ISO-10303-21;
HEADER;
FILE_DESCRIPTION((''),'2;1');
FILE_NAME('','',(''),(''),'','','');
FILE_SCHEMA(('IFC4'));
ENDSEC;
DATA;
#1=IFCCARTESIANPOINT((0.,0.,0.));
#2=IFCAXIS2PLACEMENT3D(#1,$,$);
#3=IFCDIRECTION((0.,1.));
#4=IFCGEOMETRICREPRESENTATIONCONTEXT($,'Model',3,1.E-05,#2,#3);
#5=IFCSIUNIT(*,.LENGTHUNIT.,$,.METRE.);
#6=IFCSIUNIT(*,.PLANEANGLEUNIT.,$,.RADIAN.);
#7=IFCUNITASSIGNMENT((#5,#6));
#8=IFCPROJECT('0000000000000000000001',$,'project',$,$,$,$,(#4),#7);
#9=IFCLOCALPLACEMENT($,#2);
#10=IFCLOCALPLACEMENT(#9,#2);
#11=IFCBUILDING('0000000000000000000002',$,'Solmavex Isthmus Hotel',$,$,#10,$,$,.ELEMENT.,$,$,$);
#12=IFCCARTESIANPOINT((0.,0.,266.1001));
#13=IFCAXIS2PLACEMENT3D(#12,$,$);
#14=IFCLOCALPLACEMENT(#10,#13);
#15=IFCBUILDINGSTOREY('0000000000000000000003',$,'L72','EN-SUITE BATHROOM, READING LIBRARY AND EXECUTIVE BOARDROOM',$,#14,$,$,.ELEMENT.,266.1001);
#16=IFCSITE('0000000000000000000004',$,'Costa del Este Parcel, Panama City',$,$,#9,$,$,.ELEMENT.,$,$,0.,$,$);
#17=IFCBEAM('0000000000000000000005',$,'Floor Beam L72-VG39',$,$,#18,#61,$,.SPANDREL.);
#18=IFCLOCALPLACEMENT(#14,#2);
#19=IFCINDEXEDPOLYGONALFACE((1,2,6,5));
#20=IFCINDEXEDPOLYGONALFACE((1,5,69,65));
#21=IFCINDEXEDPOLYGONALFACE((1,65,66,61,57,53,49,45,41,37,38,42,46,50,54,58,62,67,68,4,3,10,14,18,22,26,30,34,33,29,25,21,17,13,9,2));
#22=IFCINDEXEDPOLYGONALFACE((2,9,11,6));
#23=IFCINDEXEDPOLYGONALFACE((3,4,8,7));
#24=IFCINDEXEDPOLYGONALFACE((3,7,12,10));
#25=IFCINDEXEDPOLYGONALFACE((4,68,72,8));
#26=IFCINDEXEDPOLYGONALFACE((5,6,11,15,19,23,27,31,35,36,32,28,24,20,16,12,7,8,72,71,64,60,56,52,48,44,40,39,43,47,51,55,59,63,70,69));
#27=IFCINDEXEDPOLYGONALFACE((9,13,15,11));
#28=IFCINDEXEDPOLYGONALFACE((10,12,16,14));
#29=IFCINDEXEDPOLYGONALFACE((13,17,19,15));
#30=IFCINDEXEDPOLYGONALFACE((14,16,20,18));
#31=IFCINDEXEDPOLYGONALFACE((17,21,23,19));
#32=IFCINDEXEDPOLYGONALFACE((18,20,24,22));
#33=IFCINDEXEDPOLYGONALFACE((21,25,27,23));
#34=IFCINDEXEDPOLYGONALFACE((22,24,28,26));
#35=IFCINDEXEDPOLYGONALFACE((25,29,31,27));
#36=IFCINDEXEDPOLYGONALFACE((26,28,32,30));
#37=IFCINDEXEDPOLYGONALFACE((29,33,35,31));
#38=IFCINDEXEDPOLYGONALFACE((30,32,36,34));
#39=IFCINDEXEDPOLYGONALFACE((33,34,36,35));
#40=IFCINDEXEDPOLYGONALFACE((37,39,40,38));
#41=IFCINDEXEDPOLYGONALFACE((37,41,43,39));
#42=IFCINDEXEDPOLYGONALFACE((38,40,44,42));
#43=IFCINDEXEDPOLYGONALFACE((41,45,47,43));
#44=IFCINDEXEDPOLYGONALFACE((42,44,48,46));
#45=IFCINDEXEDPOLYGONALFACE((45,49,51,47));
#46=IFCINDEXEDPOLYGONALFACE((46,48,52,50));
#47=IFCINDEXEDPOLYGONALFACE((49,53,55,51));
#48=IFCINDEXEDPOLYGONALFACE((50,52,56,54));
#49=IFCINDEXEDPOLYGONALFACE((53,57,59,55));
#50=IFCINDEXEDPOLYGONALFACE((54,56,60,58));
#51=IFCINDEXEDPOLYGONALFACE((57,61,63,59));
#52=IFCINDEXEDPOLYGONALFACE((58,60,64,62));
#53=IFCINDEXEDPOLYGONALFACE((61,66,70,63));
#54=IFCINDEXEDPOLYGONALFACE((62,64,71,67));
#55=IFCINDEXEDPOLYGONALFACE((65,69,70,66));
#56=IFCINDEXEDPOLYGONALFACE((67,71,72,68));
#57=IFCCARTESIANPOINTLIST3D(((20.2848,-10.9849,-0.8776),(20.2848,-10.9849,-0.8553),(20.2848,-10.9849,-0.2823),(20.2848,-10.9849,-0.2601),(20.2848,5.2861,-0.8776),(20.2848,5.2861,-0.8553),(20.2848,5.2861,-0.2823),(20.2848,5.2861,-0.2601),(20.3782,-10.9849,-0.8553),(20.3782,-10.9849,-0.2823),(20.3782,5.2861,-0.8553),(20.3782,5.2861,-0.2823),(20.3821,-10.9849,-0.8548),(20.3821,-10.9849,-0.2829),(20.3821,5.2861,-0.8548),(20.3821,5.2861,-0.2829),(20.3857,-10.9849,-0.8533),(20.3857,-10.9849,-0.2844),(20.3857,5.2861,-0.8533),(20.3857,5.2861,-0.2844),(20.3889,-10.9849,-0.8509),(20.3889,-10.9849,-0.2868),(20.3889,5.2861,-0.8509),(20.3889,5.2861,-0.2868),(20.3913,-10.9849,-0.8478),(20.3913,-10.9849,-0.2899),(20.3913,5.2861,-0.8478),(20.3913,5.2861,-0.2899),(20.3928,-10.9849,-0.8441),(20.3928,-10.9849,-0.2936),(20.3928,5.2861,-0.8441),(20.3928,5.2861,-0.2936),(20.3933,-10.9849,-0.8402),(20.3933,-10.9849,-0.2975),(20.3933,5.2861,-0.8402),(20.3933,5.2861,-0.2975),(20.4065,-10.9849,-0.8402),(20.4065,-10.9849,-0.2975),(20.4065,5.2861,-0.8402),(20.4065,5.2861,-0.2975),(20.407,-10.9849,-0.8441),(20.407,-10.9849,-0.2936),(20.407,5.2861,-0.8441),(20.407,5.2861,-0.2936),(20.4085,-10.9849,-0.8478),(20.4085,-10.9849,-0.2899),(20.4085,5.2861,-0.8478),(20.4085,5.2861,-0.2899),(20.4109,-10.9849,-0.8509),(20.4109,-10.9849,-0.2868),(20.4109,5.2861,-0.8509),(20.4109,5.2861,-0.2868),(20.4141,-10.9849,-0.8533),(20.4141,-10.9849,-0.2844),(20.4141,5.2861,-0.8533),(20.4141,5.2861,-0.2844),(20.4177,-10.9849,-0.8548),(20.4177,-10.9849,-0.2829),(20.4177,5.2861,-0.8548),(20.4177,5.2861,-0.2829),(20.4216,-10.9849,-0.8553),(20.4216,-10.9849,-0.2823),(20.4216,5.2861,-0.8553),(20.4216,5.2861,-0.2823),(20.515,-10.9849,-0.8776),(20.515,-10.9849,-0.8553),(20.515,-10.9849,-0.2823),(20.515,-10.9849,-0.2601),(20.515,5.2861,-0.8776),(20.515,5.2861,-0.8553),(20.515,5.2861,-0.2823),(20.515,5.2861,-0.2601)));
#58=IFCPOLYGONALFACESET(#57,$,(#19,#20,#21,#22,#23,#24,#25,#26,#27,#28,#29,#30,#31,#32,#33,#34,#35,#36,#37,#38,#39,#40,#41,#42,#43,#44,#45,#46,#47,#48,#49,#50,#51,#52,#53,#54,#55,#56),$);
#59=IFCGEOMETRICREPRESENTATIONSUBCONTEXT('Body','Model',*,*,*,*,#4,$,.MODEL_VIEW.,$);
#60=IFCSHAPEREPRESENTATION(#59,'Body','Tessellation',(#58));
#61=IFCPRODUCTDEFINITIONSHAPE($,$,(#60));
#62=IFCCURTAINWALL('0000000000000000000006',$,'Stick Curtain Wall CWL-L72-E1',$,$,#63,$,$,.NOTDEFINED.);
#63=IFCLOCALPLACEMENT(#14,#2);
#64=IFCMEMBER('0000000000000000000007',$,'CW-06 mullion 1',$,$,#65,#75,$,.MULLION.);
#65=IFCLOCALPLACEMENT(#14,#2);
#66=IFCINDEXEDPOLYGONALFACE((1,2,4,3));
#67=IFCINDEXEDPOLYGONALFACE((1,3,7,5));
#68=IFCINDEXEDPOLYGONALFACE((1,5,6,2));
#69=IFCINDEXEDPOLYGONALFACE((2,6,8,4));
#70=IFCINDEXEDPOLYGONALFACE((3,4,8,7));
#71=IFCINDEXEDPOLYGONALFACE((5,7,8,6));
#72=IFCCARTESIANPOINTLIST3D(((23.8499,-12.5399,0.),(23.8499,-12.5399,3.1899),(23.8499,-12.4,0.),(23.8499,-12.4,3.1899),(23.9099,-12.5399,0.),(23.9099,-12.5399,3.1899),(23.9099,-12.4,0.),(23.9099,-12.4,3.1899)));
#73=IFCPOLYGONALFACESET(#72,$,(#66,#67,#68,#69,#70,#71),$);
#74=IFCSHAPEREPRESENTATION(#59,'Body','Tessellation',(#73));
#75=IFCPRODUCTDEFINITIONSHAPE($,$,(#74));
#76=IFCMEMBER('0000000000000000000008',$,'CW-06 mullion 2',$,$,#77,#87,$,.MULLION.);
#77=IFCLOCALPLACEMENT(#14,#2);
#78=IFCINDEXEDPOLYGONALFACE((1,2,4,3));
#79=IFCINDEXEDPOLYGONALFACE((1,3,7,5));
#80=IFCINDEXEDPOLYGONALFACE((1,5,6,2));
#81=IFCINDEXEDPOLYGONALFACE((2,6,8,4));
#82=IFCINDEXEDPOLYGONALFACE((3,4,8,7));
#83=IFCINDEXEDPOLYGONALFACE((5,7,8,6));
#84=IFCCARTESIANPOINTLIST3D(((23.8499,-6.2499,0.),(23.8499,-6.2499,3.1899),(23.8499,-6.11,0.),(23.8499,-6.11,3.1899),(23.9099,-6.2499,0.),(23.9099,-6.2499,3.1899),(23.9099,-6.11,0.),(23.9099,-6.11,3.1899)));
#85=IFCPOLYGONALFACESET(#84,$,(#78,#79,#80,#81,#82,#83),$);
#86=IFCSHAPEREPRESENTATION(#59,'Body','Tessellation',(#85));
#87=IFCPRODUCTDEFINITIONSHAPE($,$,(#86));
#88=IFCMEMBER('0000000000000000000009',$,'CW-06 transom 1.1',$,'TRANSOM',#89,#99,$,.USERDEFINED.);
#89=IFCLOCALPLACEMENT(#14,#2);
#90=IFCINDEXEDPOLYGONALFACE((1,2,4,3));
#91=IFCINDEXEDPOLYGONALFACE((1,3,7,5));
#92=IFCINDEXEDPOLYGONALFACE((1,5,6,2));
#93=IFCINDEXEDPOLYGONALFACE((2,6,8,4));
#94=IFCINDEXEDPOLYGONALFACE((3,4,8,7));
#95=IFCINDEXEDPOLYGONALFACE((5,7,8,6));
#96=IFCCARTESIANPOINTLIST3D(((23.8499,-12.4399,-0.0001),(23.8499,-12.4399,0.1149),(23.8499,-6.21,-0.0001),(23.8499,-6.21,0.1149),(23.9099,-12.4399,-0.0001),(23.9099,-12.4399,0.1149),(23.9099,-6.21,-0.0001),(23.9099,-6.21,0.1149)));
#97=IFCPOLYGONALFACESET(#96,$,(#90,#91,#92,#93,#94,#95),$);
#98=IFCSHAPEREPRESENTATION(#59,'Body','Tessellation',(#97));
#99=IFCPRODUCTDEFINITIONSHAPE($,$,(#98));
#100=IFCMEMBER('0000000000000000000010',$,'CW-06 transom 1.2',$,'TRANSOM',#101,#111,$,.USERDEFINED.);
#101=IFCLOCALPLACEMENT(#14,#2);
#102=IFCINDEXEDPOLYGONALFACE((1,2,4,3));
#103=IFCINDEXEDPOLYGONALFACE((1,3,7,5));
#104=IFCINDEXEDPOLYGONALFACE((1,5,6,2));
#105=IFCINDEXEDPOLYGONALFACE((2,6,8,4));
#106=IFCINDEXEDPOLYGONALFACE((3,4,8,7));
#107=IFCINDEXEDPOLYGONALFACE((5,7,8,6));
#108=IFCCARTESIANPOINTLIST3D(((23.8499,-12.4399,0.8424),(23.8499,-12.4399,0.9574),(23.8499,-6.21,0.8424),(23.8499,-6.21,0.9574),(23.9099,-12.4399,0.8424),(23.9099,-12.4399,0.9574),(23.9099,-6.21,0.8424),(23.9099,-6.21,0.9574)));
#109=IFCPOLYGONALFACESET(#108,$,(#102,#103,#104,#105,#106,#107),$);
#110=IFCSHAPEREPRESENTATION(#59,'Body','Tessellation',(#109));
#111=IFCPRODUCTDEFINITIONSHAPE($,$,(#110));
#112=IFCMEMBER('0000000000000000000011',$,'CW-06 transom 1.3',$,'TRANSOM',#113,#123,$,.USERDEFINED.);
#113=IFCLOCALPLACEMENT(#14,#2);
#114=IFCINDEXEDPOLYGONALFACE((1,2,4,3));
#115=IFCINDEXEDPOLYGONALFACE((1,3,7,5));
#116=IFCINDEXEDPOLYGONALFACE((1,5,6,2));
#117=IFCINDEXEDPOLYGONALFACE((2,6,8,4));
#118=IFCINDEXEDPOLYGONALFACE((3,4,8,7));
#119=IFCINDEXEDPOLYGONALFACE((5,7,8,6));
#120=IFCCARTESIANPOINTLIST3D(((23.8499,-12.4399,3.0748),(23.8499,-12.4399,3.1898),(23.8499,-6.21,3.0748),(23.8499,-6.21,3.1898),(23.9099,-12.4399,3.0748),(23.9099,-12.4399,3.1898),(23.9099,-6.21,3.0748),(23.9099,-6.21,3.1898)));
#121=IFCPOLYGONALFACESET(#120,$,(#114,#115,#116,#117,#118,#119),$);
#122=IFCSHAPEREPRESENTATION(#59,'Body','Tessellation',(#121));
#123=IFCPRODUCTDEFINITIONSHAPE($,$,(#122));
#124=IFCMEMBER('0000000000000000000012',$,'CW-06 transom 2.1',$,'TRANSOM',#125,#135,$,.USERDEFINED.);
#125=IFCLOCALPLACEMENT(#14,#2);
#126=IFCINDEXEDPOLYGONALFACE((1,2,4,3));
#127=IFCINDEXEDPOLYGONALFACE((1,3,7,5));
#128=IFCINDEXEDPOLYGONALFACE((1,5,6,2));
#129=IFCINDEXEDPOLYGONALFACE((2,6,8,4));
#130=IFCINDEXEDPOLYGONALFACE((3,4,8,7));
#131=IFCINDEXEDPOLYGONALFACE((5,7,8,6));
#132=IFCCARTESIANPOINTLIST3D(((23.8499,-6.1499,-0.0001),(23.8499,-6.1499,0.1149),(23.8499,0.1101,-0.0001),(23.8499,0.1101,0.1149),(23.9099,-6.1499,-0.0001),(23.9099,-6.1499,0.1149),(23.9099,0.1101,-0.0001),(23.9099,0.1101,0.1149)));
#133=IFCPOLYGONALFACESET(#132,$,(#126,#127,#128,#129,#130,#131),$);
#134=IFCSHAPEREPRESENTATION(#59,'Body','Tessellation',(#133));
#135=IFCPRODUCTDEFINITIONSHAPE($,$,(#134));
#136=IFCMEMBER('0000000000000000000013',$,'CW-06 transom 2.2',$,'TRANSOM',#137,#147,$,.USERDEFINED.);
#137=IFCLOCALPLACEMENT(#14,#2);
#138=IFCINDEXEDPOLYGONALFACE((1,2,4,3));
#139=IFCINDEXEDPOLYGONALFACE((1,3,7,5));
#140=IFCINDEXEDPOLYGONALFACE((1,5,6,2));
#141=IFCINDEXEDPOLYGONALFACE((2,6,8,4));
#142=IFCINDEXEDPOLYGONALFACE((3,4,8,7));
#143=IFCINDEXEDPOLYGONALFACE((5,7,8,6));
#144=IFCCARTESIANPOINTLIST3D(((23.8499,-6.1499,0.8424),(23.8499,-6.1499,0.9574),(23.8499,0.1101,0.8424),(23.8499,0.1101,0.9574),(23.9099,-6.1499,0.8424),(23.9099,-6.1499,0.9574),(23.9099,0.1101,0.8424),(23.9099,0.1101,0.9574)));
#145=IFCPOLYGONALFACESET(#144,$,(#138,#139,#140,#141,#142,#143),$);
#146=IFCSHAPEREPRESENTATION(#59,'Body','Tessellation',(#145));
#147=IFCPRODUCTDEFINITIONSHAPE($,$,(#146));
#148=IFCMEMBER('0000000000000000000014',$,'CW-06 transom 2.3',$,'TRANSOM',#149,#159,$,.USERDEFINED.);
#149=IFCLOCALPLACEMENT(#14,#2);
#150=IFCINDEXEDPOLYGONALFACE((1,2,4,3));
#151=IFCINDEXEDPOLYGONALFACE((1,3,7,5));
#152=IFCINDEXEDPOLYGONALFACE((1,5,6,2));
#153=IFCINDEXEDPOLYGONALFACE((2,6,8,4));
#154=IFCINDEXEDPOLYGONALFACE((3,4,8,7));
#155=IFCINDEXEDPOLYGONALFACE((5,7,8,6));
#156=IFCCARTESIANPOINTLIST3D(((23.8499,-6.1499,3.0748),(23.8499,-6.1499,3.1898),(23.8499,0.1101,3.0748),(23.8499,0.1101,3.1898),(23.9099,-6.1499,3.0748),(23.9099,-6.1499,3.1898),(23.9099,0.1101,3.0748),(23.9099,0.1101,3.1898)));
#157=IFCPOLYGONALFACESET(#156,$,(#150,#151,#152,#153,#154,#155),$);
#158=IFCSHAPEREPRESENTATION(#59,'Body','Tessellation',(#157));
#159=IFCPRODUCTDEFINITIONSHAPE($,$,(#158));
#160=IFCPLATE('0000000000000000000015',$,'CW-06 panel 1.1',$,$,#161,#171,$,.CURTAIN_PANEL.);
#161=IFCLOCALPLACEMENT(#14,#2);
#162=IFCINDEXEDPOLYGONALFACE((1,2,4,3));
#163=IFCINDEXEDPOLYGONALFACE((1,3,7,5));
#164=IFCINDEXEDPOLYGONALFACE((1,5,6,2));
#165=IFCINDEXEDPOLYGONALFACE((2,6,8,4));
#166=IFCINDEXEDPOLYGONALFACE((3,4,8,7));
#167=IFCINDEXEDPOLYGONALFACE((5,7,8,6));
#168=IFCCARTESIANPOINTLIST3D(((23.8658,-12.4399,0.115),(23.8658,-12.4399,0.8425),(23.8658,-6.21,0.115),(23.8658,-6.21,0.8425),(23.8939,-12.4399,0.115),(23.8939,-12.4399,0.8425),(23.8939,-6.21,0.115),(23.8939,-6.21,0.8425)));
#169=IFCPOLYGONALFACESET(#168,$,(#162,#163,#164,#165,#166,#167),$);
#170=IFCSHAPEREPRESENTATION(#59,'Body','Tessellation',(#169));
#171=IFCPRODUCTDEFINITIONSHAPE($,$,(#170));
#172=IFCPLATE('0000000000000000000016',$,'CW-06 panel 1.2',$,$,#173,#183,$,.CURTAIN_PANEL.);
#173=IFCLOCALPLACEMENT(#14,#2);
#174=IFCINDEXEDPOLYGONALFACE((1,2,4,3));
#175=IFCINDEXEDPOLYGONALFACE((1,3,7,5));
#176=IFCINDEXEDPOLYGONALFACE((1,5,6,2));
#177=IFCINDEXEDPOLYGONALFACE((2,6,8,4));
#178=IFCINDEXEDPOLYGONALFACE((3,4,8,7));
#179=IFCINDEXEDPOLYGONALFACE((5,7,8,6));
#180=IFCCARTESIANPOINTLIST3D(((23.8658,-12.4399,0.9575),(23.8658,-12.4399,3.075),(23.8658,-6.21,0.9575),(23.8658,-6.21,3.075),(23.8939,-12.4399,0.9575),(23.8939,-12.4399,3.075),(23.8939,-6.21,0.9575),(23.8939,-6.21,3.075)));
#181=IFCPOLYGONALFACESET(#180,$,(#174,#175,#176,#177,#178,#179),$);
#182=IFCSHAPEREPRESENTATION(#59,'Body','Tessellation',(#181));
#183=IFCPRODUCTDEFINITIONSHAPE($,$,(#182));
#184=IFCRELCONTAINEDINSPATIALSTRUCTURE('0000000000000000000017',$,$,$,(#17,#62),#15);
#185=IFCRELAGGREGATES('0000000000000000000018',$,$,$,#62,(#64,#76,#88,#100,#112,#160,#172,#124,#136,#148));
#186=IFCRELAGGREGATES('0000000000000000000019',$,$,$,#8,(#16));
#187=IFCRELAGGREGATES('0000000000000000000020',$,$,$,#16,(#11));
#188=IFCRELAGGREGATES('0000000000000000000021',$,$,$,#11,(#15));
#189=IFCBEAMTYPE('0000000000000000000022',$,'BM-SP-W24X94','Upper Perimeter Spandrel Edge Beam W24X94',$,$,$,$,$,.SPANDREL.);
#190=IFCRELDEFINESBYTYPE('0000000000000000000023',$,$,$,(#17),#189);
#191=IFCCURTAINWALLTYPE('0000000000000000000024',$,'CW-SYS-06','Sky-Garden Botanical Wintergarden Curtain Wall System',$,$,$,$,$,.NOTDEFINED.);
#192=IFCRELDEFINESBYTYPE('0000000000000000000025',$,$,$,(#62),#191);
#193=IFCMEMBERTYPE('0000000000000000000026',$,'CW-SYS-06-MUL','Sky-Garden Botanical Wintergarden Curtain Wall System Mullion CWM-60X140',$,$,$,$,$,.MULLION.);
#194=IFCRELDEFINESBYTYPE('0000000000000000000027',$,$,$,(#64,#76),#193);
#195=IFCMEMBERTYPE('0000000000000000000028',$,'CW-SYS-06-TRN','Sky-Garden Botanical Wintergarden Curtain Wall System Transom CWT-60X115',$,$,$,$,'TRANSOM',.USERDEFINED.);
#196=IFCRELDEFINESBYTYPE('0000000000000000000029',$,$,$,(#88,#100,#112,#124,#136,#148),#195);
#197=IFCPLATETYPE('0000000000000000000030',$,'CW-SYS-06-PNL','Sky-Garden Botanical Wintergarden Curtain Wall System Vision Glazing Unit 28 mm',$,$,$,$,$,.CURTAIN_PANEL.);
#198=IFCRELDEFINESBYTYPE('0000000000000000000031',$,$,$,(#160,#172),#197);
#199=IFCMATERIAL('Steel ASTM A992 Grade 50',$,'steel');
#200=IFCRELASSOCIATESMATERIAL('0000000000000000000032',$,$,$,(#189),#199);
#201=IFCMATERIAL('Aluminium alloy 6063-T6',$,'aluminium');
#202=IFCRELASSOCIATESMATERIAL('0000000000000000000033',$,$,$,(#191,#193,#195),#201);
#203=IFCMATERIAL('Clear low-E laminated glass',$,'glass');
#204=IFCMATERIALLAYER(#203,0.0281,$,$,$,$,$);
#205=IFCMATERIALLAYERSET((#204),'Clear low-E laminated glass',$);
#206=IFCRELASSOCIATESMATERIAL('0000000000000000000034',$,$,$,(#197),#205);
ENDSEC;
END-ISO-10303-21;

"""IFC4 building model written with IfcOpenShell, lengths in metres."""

from ifc_helpers import new_model, si_unit, direction, frame, origin, origin_2d, place, context, subcontext, project, spatial, rectangle, i_section, extrude, material, layer, layer_set, material_profile, profile_set, type_object, element, aggregate, save


model = new_model("IFC4")

# Units and contexts
model_context = context("Model", 3, precision=1e-05, world=origin(), true_north=direction((0.0, 1.0)))
body_context = subcontext(model_context, "Body", "Model", "MODEL_VIEW")
ifc_project = project(units=[si_unit("LENGTHUNIT", "METRE"), si_unit("PLANEANGLEUNIT", "RADIAN")], contexts=[model_context])

# Site, building, storey
site_placement = place(None, origin())
site = spatial("IfcSite", under=ifc_project, at=site_placement, Name="Costa del Este Parcel, Panama City", CompositionType="ELEMENT", RefElevation=0.0)
building_placement = place(site_placement, origin())
building = spatial("IfcBuilding", under=site, at=building_placement, Name="Solmavex Isthmus Hotel", CompositionType="ELEMENT")
storey_placement = place(building_placement, frame((0.0, 0.0, 266.1001)))
storey = spatial("IfcBuildingStorey", under=building, at=storey_placement, Name="L72", Description="EN-SUITE BATHROOM, READING LIBRARY AND EXECUTIVE BOARDROOM", CompositionType="ELEMENT", Elevation=266.1001)

# Beam
ifc_material_1 = material(Name="Steel ASTM A992 Grade 50", Category="steel")
ifc_material_profile_1 = material_profile(ifc_material_1, i_section(OverallWidth=0.2302, OverallDepth=0.6174, WebThickness=0.0132, FlangeThickness=0.0222, FilletRadius=0.0151, at=origin_2d()), Name="W24X94")
ifc_profile_set_1 = profile_set([ifc_material_profile_1], Name="Steel ASTM A992 Grade 50")
beam_type_1 = type_object("IfcBeamType", Name="BM-SP-W24X94", Description="Upper Perimeter Spandrel Edge Beam W24X94", PredefinedType="SPANDREL", material=ifc_profile_set_1)
beam_1_placement = place(storey_placement, frame((20.3999, -10.9849, -0.5688), z_axis=(0.0, 1.0, 0.0), x_axis=(-1.0, 0.0, 0.0)))
element("IfcBeam", 1, at=beam_1_placement, inside=storey, type_object=beam_type_1, Name="Floor Beam L72-VG39", PredefinedType="SPANDREL", context=body_context, shape_type="SweptSolid", body=[
    extrude(i_section(OverallWidth=0.2302, OverallDepth=0.6174, WebThickness=0.0132, FlangeThickness=0.0222, FilletRadius=0.0151, at=origin_2d()), origin(), (0.0, 0.0, 1.0), 16.271),
])

# Curtain wall, members, plates
ifc_material_2 = material(Name="Aluminium alloy 6063-T6", Category="aluminium")
curtain_wall_type = type_object("IfcCurtainWallType", Name="CW-SYS-06", Description="Sky-Garden Botanical Wintergarden Curtain Wall System", PredefinedType="NOTDEFINED", material=ifc_material_2)
curtain_wall_placement = place(storey_placement, origin())
curtain_wall = element("IfcCurtainWall", 2, at=curtain_wall_placement, inside=storey, type_object=curtain_wall_type, Name="Stick Curtain Wall CWL-L72-E1", PredefinedType="NOTDEFINED")
ifc_material_profile_2 = material_profile(ifc_material_2, rectangle(XDim=0.0601, YDim=0.1399, at=origin_2d()), Name="CWM-60X140")
ifc_profile_set_2 = profile_set([ifc_material_profile_2], Name="Aluminium alloy 6063-T6")
member_type_1 = type_object("IfcMemberType", Name="CW-SYS-06-MUL", Description="Sky-Garden Botanical Wintergarden Curtain Wall System Mullion CWM-60X140", PredefinedType="MULLION", material=ifc_profile_set_2)
member_1_placement = place(storey_placement, frame((23.8799, -12.47, 0.0), z_axis=(0.0, 0.0, 1.0), x_axis=(-1.0, 0.0, 0.0)))
member_1 = element("IfcMember", 3, at=member_1_placement, type_object=member_type_1, Name="CW-06 mullion 1", PredefinedType="MULLION", context=body_context, shape_type="SweptSolid", body=[
    extrude(rectangle(XDim=0.0601, YDim=0.1399, at=origin_2d()), origin(), (0.0, 0.0, 1.0), 3.1899),
])
member_2_placement = place(storey_placement, frame((23.8799, -6.1799, 0.0), z_axis=(0.0, 0.0, 1.0), x_axis=(-1.0, 0.0, 0.0)))
member_2 = element("IfcMember", 4, at=member_2_placement, type_object=member_type_1, Name="CW-06 mullion 2", PredefinedType="MULLION", context=body_context, shape_type="SweptSolid", body=[
    extrude(rectangle(XDim=0.0601, YDim=0.1399, at=origin_2d()), origin(), (0.0, 0.0, 1.0), 3.1899),
])
ifc_material_profile_3 = material_profile(ifc_material_2, rectangle(XDim=0.0601, YDim=0.115, at=origin_2d()), Name="CWT-60X115")
ifc_profile_set_3 = profile_set([ifc_material_profile_3], Name="Aluminium alloy 6063-T6")
member_type_2 = type_object("IfcMemberType", Name="CW-SYS-06-TRN", Description="Sky-Garden Botanical Wintergarden Curtain Wall System Transom CWT-60X115", ElementType="TRANSOM", PredefinedType="USERDEFINED", material=ifc_profile_set_3)
member_3_placement = place(storey_placement, frame((23.8799, -12.4399, 0.0574), z_axis=(0.0, 1.0, 0.0), x_axis=(-1.0, 0.0, 0.0)))
member_3 = element("IfcMember", 5, at=member_3_placement, type_object=member_type_2, Name="CW-06 transom 1.1", ObjectType="TRANSOM", PredefinedType="USERDEFINED", context=body_context, shape_type="SweptSolid", body=[
    extrude(rectangle(XDim=0.0601, YDim=0.115, at=origin_2d()), origin(), (0.0, 0.0, 1.0), 6.23),
])
member_4_placement = place(storey_placement, frame((23.8799, -12.4399, 0.8999), z_axis=(0.0, 1.0, 0.0), x_axis=(-1.0, 0.0, 0.0)))
member_4 = element("IfcMember", 6, at=member_4_placement, type_object=member_type_2, Name="CW-06 transom 1.2", ObjectType="TRANSOM", PredefinedType="USERDEFINED", context=body_context, shape_type="SweptSolid", body=[
    extrude(rectangle(XDim=0.0601, YDim=0.115, at=origin_2d()), origin(), (0.0, 0.0, 1.0), 6.23),
])
member_5_placement = place(storey_placement, frame((23.8799, -12.4399, 3.1323), z_axis=(0.0, 1.0, 0.0), x_axis=(-1.0, 0.0, 0.0)))
member_5 = element("IfcMember", 7, at=member_5_placement, type_object=member_type_2, Name="CW-06 transom 1.3", ObjectType="TRANSOM", PredefinedType="USERDEFINED", context=body_context, shape_type="SweptSolid", body=[
    extrude(rectangle(XDim=0.0601, YDim=0.115, at=origin_2d()), origin(), (0.0, 0.0, 1.0), 6.23),
])
member_6_placement = place(storey_placement, frame((23.8799, -6.1499, 0.0574), z_axis=(0.0, 1.0, 0.0), x_axis=(-1.0, 0.0, 0.0)))
member_6 = element("IfcMember", 8, at=member_6_placement, type_object=member_type_2, Name="CW-06 transom 2.1", ObjectType="TRANSOM", PredefinedType="USERDEFINED", context=body_context, shape_type="SweptSolid", body=[
    extrude(rectangle(XDim=0.0601, YDim=0.115, at=origin_2d()), origin(), (0.0, 0.0, 1.0), 6.26),
])
member_7_placement = place(storey_placement, frame((23.8799, -6.1499, 0.8999), z_axis=(0.0, 1.0, 0.0), x_axis=(-1.0, 0.0, 0.0)))
member_7 = element("IfcMember", 9, at=member_7_placement, type_object=member_type_2, Name="CW-06 transom 2.2", ObjectType="TRANSOM", PredefinedType="USERDEFINED", context=body_context, shape_type="SweptSolid", body=[
    extrude(rectangle(XDim=0.0601, YDim=0.115, at=origin_2d()), origin(), (0.0, 0.0, 1.0), 6.26),
])
member_8_placement = place(storey_placement, frame((23.8799, -6.1499, 3.1323), z_axis=(0.0, 1.0, 0.0), x_axis=(-1.0, 0.0, 0.0)))
member_8 = element("IfcMember", 10, at=member_8_placement, type_object=member_type_2, Name="CW-06 transom 2.3", ObjectType="TRANSOM", PredefinedType="USERDEFINED", context=body_context, shape_type="SweptSolid", body=[
    extrude(rectangle(XDim=0.0601, YDim=0.115, at=origin_2d()), origin(), (0.0, 0.0, 1.0), 6.26),
])
ifc_material_3 = material(Name="Clear low-E laminated glass", Category="glass")
ifc_layer_1 = layer(ifc_material_3, 0.0281)
ifc_layer_set_1 = layer_set([ifc_layer_1], Name="Clear low-E laminated glass")
plate_type = type_object("IfcPlateType", Name="CW-SYS-06-PNL", Description="Sky-Garden Botanical Wintergarden Curtain Wall System Vision Glazing Unit 28 mm", PredefinedType="CURTAIN_PANEL", material=ifc_layer_set_1)
plate_1_placement = place(storey_placement, frame((23.8799, -9.325, 0.115), z_axis=(0.0, 0.0, 1.0), x_axis=(0.0, 1.0, 0.0)))
plate_1 = element("IfcPlate", 11, at=plate_1_placement, type_object=plate_type, Name="CW-06 panel 1.1", PredefinedType="CURTAIN_PANEL", context=body_context, shape_type="SweptSolid", body=[
    extrude(rectangle(XDim=6.23, YDim=0.0281, at=origin_2d()), origin(), (0.0, 0.0, 1.0), 0.7275),
])
plate_2_placement = place(storey_placement, frame((23.8799, -9.325, 0.9575), z_axis=(0.0, 0.0, 1.0), x_axis=(0.0, 1.0, 0.0)))
plate_2 = element("IfcPlate", 12, at=plate_2_placement, type_object=plate_type, Name="CW-06 panel 1.2", PredefinedType="CURTAIN_PANEL", context=body_context, shape_type="SweptSolid", body=[
    extrude(rectangle(XDim=6.23, YDim=0.0281, at=origin_2d()), origin(), (0.0, 0.0, 1.0), 2.1174),
])
aggregate(curtain_wall, [member_1, member_2, member_3, member_4, member_5, plate_1, plate_2, member_6, member_7, member_8])

save(model, "model.ifc")
